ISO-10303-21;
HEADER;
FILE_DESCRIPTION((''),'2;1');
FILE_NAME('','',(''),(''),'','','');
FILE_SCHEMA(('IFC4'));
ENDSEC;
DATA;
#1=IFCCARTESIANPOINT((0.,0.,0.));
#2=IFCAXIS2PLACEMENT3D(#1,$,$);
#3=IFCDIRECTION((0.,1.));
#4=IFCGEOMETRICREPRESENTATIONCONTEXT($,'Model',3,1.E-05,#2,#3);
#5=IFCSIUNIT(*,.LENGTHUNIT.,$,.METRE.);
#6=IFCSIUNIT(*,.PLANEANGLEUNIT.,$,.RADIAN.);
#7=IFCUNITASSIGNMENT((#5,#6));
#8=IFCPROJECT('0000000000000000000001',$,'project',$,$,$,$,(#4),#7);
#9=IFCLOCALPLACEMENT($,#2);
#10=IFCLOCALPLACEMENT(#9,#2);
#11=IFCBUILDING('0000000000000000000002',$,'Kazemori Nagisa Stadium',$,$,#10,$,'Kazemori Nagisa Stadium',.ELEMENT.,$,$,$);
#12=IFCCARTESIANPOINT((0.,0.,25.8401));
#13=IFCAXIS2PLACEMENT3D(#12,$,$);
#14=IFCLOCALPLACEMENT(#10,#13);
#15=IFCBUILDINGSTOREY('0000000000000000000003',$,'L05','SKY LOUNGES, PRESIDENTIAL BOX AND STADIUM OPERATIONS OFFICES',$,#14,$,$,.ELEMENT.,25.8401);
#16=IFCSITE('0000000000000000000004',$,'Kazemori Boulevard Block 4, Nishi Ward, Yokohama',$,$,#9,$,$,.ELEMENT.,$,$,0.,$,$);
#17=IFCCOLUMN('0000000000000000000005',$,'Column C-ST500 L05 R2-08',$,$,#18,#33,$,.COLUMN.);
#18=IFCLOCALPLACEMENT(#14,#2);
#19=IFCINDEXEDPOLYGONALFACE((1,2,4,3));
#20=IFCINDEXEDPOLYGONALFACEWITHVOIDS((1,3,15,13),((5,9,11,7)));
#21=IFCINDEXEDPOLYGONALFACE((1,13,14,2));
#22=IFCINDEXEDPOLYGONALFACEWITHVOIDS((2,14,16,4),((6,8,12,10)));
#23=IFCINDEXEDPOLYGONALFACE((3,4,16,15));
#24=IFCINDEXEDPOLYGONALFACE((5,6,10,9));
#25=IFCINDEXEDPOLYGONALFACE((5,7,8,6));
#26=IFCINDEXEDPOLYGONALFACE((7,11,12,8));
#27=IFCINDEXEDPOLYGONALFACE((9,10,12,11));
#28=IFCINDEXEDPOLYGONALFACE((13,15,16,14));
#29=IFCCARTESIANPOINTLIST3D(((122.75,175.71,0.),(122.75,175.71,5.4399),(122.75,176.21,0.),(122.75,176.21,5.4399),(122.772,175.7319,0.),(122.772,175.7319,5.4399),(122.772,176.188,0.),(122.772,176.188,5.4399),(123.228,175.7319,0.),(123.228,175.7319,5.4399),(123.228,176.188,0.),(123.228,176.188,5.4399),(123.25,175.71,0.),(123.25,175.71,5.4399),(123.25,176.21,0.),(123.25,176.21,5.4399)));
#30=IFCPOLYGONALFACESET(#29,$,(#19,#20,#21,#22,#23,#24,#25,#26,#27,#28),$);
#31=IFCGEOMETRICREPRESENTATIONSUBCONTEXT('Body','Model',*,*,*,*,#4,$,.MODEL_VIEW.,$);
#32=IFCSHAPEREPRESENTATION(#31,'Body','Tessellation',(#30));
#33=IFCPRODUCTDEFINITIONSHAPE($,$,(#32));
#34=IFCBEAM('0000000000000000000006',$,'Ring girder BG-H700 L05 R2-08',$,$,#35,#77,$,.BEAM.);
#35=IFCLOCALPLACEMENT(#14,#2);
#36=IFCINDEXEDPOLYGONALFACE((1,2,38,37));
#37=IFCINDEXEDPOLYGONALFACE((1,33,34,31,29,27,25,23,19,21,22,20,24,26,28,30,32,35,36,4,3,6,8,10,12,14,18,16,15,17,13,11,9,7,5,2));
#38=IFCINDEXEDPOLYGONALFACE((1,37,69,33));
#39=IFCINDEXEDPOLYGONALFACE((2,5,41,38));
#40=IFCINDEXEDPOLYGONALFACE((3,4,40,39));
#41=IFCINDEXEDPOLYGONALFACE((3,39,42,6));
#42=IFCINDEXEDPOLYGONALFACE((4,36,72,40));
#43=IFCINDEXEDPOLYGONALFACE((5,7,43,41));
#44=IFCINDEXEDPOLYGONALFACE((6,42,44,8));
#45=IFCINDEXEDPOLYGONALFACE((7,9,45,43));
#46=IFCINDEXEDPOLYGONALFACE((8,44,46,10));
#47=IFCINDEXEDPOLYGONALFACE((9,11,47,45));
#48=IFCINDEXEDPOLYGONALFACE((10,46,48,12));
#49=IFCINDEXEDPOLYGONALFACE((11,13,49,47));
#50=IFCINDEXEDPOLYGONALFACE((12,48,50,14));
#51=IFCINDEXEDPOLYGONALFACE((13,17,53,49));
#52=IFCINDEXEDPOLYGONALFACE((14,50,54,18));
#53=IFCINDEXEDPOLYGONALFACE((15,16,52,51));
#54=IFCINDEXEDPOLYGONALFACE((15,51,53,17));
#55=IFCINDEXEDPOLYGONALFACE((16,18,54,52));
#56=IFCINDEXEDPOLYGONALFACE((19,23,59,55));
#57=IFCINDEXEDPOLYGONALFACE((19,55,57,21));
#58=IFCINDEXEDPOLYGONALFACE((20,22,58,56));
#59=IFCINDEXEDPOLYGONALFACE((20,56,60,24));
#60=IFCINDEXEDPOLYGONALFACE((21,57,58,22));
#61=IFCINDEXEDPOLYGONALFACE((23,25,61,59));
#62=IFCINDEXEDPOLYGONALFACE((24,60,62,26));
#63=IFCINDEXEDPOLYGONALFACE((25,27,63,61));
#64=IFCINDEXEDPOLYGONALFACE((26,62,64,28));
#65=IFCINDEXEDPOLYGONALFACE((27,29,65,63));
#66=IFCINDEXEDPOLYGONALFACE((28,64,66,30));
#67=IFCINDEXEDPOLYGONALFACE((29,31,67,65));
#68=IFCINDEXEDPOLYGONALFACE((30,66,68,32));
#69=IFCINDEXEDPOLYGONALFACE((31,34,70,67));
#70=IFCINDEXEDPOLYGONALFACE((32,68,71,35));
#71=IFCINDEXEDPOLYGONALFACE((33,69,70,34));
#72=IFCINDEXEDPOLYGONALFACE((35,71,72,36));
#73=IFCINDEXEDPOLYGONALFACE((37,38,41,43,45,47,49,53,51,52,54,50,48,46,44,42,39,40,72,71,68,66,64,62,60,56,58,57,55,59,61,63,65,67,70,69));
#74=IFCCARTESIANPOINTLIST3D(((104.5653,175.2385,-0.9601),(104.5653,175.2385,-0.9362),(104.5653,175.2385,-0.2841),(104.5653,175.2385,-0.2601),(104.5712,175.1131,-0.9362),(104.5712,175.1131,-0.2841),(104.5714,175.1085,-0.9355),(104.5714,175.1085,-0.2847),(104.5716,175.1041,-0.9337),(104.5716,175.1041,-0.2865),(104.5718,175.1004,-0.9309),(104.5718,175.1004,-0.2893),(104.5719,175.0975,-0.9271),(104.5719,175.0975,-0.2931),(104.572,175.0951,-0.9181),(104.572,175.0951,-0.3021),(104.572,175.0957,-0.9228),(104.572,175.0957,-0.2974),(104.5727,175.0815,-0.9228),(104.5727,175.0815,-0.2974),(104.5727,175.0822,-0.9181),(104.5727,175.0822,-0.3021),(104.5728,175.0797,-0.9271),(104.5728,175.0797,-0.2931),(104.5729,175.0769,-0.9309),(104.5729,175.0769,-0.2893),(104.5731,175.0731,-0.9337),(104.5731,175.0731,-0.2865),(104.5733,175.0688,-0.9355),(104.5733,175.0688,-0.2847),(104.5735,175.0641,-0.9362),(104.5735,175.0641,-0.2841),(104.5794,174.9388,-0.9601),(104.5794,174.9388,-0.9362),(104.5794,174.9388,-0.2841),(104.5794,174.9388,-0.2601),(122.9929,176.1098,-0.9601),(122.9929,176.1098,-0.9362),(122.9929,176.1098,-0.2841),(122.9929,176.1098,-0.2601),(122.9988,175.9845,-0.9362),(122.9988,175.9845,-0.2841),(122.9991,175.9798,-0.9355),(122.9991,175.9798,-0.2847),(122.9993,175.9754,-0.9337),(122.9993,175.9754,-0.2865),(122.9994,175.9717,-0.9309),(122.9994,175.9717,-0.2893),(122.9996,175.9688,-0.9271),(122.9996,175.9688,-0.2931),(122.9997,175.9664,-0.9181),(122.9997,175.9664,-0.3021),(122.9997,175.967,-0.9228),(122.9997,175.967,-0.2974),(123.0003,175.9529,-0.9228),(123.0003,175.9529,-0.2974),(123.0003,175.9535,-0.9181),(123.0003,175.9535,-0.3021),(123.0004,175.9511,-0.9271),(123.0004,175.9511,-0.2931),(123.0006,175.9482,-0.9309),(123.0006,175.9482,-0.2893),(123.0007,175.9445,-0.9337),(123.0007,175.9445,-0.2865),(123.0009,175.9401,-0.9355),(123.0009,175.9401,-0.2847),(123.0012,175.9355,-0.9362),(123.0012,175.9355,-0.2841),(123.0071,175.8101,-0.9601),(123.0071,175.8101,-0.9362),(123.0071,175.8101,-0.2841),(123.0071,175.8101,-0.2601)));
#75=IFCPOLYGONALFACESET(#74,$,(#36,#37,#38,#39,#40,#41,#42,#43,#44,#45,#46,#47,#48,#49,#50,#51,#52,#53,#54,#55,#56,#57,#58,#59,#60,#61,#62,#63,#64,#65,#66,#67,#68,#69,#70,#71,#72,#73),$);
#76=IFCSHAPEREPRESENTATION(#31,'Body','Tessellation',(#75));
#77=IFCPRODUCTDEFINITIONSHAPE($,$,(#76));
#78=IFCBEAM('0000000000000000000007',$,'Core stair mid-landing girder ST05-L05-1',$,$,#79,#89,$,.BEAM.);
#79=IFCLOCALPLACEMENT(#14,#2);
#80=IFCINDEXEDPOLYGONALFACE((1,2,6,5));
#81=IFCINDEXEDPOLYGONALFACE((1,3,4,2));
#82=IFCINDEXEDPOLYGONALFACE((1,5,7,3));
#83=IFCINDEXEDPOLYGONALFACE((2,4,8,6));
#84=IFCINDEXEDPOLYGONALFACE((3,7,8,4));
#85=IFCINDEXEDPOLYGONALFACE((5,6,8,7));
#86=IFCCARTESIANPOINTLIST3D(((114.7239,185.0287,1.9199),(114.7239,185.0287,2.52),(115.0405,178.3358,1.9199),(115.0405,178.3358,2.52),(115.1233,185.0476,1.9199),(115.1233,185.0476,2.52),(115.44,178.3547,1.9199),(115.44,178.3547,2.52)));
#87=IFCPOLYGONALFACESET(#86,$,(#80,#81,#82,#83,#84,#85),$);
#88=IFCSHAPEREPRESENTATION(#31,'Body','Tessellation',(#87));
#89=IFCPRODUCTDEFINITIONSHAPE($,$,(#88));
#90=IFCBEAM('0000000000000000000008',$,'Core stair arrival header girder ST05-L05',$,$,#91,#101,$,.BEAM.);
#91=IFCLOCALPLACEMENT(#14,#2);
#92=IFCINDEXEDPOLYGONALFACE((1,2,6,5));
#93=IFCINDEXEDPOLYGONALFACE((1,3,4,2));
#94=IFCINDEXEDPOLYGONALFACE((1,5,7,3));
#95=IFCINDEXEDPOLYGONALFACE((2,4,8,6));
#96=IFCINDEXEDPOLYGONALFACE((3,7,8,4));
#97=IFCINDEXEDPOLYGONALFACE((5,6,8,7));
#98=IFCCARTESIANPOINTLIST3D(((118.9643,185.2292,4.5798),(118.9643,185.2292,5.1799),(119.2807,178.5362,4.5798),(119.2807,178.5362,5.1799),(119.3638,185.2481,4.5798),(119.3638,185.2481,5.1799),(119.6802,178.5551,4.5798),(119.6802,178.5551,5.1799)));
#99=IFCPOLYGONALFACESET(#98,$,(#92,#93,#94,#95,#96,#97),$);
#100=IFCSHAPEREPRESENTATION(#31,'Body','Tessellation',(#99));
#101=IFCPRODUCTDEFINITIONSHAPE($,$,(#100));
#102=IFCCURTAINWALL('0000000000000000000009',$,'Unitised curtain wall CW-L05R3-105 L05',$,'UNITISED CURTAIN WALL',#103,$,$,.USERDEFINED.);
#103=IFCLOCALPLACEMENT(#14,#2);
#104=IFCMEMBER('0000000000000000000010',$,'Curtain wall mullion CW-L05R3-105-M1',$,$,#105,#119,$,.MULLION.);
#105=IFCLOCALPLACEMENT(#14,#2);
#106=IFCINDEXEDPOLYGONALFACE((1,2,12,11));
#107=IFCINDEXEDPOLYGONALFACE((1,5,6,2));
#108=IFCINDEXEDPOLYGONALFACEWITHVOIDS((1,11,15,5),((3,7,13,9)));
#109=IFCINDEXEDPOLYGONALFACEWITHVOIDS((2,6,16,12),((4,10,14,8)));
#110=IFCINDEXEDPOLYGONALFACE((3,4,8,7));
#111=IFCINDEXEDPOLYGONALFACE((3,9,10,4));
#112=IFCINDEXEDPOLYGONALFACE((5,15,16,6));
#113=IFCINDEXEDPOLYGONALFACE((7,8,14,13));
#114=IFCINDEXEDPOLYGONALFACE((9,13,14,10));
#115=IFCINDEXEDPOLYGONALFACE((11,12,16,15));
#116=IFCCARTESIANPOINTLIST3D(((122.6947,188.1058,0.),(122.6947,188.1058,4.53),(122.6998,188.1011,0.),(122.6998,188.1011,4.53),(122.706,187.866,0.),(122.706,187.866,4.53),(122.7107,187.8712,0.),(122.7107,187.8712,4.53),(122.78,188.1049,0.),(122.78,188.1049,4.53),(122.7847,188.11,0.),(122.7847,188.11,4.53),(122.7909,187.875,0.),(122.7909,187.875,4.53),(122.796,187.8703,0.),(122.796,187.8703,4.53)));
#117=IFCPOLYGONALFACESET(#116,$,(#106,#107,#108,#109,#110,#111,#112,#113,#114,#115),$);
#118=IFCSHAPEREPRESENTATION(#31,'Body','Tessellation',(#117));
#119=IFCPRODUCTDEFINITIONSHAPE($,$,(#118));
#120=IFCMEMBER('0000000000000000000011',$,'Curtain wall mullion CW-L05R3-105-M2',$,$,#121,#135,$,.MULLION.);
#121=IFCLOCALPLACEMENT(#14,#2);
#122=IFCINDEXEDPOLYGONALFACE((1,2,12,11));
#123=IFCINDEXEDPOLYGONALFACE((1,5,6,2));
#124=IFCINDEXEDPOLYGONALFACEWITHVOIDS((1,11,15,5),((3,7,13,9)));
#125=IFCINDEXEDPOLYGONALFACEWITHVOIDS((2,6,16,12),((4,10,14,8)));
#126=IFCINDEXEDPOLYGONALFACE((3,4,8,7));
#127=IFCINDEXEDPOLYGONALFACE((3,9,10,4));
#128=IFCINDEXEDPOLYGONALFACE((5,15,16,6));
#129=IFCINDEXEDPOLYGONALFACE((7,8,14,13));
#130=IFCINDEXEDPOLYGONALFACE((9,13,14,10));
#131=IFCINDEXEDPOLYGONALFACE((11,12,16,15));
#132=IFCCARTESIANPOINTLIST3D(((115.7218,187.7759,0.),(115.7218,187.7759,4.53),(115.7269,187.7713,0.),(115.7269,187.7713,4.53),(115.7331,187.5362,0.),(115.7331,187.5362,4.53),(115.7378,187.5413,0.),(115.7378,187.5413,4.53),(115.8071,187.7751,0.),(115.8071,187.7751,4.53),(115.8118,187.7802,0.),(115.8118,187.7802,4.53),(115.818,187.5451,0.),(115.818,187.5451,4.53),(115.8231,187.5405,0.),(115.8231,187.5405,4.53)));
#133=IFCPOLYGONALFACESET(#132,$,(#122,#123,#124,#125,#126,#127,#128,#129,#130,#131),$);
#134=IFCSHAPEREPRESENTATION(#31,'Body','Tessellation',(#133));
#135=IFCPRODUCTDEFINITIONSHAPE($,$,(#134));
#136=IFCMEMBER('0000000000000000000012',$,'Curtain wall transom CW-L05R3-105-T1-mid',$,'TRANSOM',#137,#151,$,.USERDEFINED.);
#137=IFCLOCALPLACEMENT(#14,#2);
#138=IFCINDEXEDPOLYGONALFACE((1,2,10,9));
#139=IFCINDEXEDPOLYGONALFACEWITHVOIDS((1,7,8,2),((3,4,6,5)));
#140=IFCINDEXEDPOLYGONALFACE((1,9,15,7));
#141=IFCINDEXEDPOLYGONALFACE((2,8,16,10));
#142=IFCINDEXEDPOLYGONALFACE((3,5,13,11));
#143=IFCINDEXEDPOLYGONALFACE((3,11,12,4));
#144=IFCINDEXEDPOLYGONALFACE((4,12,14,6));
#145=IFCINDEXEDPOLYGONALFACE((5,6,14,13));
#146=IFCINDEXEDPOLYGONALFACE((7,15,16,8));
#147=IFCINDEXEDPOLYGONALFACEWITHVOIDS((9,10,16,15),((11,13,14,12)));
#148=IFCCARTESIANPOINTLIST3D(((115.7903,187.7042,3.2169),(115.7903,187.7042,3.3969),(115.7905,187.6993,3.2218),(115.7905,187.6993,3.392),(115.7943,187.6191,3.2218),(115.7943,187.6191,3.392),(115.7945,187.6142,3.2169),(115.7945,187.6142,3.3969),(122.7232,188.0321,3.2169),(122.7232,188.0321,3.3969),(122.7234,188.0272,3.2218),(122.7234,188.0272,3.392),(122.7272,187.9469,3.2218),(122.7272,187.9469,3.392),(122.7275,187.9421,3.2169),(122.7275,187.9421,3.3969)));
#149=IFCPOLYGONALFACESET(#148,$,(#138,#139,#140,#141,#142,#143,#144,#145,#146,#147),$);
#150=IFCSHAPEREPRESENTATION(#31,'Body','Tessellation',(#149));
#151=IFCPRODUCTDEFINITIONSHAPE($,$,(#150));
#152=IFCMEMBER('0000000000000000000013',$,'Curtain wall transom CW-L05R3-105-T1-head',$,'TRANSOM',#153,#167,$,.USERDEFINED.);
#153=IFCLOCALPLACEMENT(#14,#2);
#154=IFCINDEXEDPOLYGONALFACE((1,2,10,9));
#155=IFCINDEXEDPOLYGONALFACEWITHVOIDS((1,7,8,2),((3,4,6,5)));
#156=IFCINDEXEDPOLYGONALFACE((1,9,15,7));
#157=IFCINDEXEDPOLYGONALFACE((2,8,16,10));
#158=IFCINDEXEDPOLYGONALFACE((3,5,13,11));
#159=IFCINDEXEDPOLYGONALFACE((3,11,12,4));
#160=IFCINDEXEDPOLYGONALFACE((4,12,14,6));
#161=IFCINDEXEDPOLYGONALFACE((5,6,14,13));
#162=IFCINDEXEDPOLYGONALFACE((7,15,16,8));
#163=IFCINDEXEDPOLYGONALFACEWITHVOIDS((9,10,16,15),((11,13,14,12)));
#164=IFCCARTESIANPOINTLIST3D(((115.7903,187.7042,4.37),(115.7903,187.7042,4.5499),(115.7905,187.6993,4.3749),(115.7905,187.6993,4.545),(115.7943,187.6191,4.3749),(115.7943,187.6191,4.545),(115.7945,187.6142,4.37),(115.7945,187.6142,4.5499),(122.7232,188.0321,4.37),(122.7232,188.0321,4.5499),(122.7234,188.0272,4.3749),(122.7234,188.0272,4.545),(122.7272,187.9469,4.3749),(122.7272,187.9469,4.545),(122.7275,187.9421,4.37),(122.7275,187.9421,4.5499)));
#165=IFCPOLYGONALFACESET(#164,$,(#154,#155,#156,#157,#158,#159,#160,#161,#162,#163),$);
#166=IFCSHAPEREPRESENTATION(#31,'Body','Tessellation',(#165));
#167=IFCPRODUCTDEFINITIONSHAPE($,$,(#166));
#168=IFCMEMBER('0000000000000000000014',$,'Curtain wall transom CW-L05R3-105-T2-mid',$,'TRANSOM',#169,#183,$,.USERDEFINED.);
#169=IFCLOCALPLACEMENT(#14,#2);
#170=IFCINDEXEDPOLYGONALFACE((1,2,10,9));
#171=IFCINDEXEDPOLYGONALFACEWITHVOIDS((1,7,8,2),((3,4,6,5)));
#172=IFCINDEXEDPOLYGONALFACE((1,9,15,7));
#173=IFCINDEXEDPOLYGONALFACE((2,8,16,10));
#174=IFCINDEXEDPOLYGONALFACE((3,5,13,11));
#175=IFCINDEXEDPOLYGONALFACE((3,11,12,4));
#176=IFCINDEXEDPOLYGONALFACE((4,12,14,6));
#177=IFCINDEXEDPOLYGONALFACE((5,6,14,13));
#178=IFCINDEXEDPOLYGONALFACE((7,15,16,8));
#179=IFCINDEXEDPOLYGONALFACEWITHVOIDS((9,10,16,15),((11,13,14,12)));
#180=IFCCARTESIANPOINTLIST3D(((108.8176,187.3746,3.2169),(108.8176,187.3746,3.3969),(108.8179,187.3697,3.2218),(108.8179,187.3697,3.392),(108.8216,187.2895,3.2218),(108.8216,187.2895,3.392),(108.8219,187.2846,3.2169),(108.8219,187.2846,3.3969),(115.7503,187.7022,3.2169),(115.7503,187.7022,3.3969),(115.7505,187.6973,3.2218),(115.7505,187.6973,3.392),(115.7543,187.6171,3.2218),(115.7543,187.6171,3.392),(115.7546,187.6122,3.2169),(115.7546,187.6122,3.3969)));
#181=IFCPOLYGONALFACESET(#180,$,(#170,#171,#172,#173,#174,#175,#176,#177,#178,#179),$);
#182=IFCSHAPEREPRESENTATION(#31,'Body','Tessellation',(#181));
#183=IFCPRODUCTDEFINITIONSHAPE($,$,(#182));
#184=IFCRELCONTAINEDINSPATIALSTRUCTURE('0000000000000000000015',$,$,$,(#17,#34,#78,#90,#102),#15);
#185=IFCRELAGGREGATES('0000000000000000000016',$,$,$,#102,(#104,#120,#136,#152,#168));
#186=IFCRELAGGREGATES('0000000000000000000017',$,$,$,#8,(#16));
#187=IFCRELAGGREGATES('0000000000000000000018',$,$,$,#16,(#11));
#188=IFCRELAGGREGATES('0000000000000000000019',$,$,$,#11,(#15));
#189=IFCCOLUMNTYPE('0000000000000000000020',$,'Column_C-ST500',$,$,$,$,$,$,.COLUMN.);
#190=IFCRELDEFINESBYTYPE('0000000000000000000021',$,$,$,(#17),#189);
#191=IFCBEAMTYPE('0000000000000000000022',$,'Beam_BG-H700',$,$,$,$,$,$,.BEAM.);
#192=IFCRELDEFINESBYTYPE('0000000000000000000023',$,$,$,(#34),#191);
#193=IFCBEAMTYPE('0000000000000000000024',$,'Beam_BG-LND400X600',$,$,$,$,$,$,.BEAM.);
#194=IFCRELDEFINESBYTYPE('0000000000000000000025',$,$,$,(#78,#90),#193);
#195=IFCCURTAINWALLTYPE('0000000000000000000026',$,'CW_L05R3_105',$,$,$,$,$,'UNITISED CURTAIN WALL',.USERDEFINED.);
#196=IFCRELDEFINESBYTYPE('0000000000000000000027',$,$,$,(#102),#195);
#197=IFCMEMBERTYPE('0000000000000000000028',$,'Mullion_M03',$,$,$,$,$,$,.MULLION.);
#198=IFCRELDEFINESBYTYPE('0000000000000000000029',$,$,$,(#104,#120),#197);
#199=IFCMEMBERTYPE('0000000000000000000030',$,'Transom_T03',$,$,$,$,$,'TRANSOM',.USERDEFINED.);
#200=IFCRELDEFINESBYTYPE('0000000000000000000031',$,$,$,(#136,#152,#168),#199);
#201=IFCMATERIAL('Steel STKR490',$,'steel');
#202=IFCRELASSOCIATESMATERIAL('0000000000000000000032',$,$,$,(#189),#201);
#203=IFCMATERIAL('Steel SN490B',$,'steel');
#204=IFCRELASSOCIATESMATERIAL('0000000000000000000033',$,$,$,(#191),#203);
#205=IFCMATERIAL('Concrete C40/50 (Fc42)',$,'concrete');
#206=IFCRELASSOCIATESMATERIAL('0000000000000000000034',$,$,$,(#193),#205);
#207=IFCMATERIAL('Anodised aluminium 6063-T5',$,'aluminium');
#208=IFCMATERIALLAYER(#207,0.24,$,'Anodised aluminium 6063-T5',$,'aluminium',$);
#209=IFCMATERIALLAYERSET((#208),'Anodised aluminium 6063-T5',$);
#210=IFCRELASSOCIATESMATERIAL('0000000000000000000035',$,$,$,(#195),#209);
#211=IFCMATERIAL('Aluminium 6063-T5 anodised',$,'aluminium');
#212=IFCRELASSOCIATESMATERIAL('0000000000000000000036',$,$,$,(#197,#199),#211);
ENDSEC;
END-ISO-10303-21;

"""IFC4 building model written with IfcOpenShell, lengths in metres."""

from ifc_helpers import new_model, si_unit, direction, frame, origin, origin_2d, place, context, subcontext, project, spatial, rectangle, hollow_rectangle, i_section, extrude, material, layer, layer_set, material_profile, profile_set, type_object, element, aggregate, save


model = new_model("IFC4")

# Units and contexts
model_context = context("Model", 3, precision=1e-05, world=origin(), true_north=direction((0.0, 1.0)))
body_context = subcontext(model_context, "Body", "Model", "MODEL_VIEW")
ifc_project = project(units=[si_unit("LENGTHUNIT", "METRE"), si_unit("PLANEANGLEUNIT", "RADIAN")], contexts=[model_context])

# Site, building, storey
site_placement = place(None, origin())
site = spatial("IfcSite", under=ifc_project, at=site_placement, Name="Kazemori Boulevard Block 4, Nishi Ward, Yokohama", CompositionType="ELEMENT", RefElevation=0.0)
building_placement = place(site_placement, origin())
building = spatial("IfcBuilding", under=site, at=building_placement, Name="Kazemori Nagisa Stadium", LongName="Kazemori Nagisa Stadium", CompositionType="ELEMENT")
storey_placement = place(building_placement, frame((0.0, 0.0, 25.8401)))
storey = spatial("IfcBuildingStorey", under=building, at=storey_placement, Name="L05", Description="SKY LOUNGES, PRESIDENTIAL BOX AND STADIUM OPERATIONS OFFICES", CompositionType="ELEMENT", Elevation=25.8401)

# Column
ifc_material_1 = material(Name="Steel STKR490", Category="steel")
ifc_material_profile_1 = material_profile(ifc_material_1, hollow_rectangle(XDim=0.5, YDim=0.5, WallThickness=0.022, at=origin_2d()), Name="SHS-500x500x22")
ifc_profile_set_1 = profile_set([ifc_material_profile_1], Name="Steel STKR490")
column_type = type_object("IfcColumnType", Name="Column_C-ST500", PredefinedType="COLUMN", material=ifc_profile_set_1)
column_placement = place(storey_placement, frame((123.0, 175.96, 0.0), z_axis=(0.0, 0.0, 1.0), x_axis=(0.0, 1.0, 0.0)))
element("IfcColumn", 1, at=column_placement, inside=storey, type_object=column_type, Name="Column C-ST500 L05 R2-08", PredefinedType="COLUMN", context=body_context, shape_type="SweptSolid", body=[
    extrude(hollow_rectangle(XDim=0.5, YDim=0.5, WallThickness=0.022, at=origin_2d()), origin(), (0.0, 0.0, 1.0), 5.4399),
])

# Beams
ifc_material_2 = material(Name="Steel SN490B", Category="steel")
ifc_material_profile_2 = material_profile(ifc_material_2, i_section(OverallWidth=0.3, OverallDepth=0.7, WebThickness=0.0129, FlangeThickness=0.0239, FilletRadius=0.0181, at=origin_2d()), Name="H-700x300x13x24")
ifc_profile_set_2 = profile_set([ifc_material_profile_2], Name="Steel SN490B")
beam_type_1 = type_object("IfcBeamType", Name="Beam_BG-H700", PredefinedType="BEAM", material=ifc_profile_set_2)
beam_placement = place(storey_placement, frame((123.0, 175.96, -0.6101), z_axis=(-0.998884, -0.047231, 0.0), x_axis=(0.047231, -0.998884, 0.0)))
element("IfcBeam", 2, at=beam_placement, inside=storey, type_object=beam_type_1, Name="Ring girder BG-H700 L05 R2-08", PredefinedType="BEAM", context=body_context, shape_type="SweptSolid", body=[
    extrude(i_section(OverallWidth=0.3, OverallDepth=0.7, WebThickness=0.0129, FlangeThickness=0.0239, FilletRadius=0.0181, at=origin_2d()), origin(), (0.0, 0.0, 1.0), 18.4482),
])
ifc_material_3 = material(Name="Concrete C40/50 (Fc42)", Category="concrete")
ifc_material_profile_3 = material_profile(ifc_material_3, rectangle(XDim=0.3999, YDim=0.6001, at=origin_2d()), Name="RC-BM-400x600")
ifc_profile_set_3 = profile_set([ifc_material_profile_3], Name="Concrete C40/50 (Fc42)")
beam_type_2 = type_object("IfcBeamType", Name="Beam_BG-LND400X600", PredefinedType="BEAM", material=ifc_profile_set_3)
for number, where, z_axis, x_axis, name in (
    (3, (115.2402, 178.3452, 2.22), (-0.047259, 0.998883, 0.0), (-0.998883, -0.047259, 0.0), "Core stair mid-landing girder ST05-L05-1"),
    (4, (119.4805, 178.5457, 4.8799), (-0.047222, 0.998884, 0.0), (-0.998884, -0.047222, 0.0), "Core stair arrival header girder ST05-L05"),
):
    element("IfcBeam", number, at=place(storey_placement, frame(where, z_axis=z_axis, x_axis=x_axis)), inside=storey, type_object=beam_type_2, Name=name, PredefinedType="BEAM", context=body_context, shape_type="SweptSolid", body=[
        extrude(rectangle(XDim=0.3999, YDim=0.6001, at=origin_2d()), origin(), (0.0, 0.0, 1.0), 6.7004),
    ])

# Curtain wall, members
ifc_material_4 = material(Name="Anodised aluminium 6063-T5", Category="aluminium")
ifc_layer_1 = layer(ifc_material_4, 0.24, Name="Anodised aluminium 6063-T5", Category="aluminium")
ifc_layer_set_1 = layer_set([ifc_layer_1], Name="Anodised aluminium 6063-T5")
curtain_wall_type = type_object("IfcCurtainWallType", Name="CW_L05R3_105", ElementType="UNITISED CURTAIN WALL", PredefinedType="USERDEFINED", material=ifc_layer_set_1)
curtain_wall_placement = place(storey_placement, origin())
curtain_wall = element("IfcCurtainWall", 5, at=curtain_wall_placement, inside=storey, type_object=curtain_wall_type, Name="Unitised curtain wall CW-L05R3-105 L05", ObjectType="UNITISED CURTAIN WALL", PredefinedType="USERDEFINED")
ifc_material_5 = material(Name="Aluminium 6063-T5 anodised", Category="aluminium")
ifc_material_profile_4 = material_profile(ifc_material_5, hollow_rectangle(XDim=0.0901, YDim=0.24, WallThickness=0.0049, at=origin_2d()), Name="ALU-MULL-90x240x5")
ifc_profile_set_4 = profile_set([ifc_material_profile_4], Name="Aluminium 6063-T5 anodised")
member_type_1 = type_object("IfcMemberType", Name="Mullion_M03", PredefinedType="MULLION", material=ifc_profile_set_4)
member_1_placement = place(storey_placement, frame((122.7454, 187.988, 0.0), z_axis=(0.0, 0.0, 1.0), x_axis=(-0.998884, -0.04723, 0.0)))
member_1 = element("IfcMember", 6, at=member_1_placement, type_object=member_type_1, Name="Curtain wall mullion CW-L05R3-105-M1", PredefinedType="MULLION", context=body_context, shape_type="SweptSolid", body=[
    extrude(hollow_rectangle(XDim=0.0901, YDim=0.24, WallThickness=0.0049, at=origin_2d()), origin(), (0.0, 0.0, 1.0), 4.53),
])
member_2_placement = place(storey_placement, frame((115.7725, 187.6582, 0.0), z_axis=(0.0, 0.0, 1.0), x_axis=(-0.998884, -0.04723, 0.0)))
member_2 = element("IfcMember", 7, at=member_2_placement, type_object=member_type_1, Name="Curtain wall mullion CW-L05R3-105-M2", PredefinedType="MULLION", context=body_context, shape_type="SweptSolid", body=[
    extrude(hollow_rectangle(XDim=0.0901, YDim=0.24, WallThickness=0.0049, at=origin_2d()), origin(), (0.0, 0.0, 1.0), 4.53),
])
ifc_material_profile_5 = material_profile(ifc_material_5, hollow_rectangle(XDim=0.0901, YDim=0.1799, WallThickness=0.0049, at=origin_2d()), Name="ALU-TRAN-90x180x5")
ifc_profile_set_5 = profile_set([ifc_material_profile_5], Name="Aluminium 6063-T5 anodised")
member_type_2 = type_object("IfcMemberType", Name="Transom_T03", ElementType="TRANSOM", PredefinedType="USERDEFINED", material=ifc_profile_set_5)
member_3_placement = place(storey_placement, frame((122.7253, 187.9871, 3.3069), z_axis=(-0.998884, -0.047241, 0.0), x_axis=(0.047241, -0.998884, 0.0)))
member_3 = element("IfcMember", 8, at=member_3_placement, type_object=member_type_2, Name="Curtain wall transom CW-L05R3-105-T1-mid", ObjectType="TRANSOM", PredefinedType="USERDEFINED", context=body_context, shape_type="SweptSolid", body=[
    extrude(hollow_rectangle(XDim=0.0901, YDim=0.1799, WallThickness=0.0049, at=origin_2d()), origin(), (0.0, 0.0, 1.0), 6.9407),
])
member_4_placement = place(storey_placement, frame((122.7253, 187.9871, 4.46), z_axis=(-0.998884, -0.047241, 0.0), x_axis=(0.047241, -0.998884, 0.0)))
member_4 = element("IfcMember", 9, at=member_4_placement, type_object=member_type_2, Name="Curtain wall transom CW-L05R3-105-T1-head", ObjectType="TRANSOM", PredefinedType="USERDEFINED", context=body_context, shape_type="SweptSolid", body=[
    extrude(hollow_rectangle(XDim=0.0901, YDim=0.1799, WallThickness=0.0049, at=origin_2d()), origin(), (0.0, 0.0, 1.0), 6.9407),
])
member_5_placement = place(storey_placement, frame((115.7524, 187.6572, 3.3069), z_axis=(-0.998885, -0.047207, 0.0), x_axis=(0.047207, -0.998885, 0.0)))
member_5 = element("IfcMember", 10, at=member_5_placement, type_object=member_type_2, Name="Curtain wall transom CW-L05R3-105-T2-mid", ObjectType="TRANSOM", PredefinedType="USERDEFINED", context=body_context, shape_type="SweptSolid", body=[
    extrude(hollow_rectangle(XDim=0.0901, YDim=0.1799, WallThickness=0.0049, at=origin_2d()), origin(), (0.0, 0.0, 1.0), 6.9404),
])
aggregate(curtain_wall, [member_1, member_2, member_3, member_4, member_5])

save(model, "model.ifc")
